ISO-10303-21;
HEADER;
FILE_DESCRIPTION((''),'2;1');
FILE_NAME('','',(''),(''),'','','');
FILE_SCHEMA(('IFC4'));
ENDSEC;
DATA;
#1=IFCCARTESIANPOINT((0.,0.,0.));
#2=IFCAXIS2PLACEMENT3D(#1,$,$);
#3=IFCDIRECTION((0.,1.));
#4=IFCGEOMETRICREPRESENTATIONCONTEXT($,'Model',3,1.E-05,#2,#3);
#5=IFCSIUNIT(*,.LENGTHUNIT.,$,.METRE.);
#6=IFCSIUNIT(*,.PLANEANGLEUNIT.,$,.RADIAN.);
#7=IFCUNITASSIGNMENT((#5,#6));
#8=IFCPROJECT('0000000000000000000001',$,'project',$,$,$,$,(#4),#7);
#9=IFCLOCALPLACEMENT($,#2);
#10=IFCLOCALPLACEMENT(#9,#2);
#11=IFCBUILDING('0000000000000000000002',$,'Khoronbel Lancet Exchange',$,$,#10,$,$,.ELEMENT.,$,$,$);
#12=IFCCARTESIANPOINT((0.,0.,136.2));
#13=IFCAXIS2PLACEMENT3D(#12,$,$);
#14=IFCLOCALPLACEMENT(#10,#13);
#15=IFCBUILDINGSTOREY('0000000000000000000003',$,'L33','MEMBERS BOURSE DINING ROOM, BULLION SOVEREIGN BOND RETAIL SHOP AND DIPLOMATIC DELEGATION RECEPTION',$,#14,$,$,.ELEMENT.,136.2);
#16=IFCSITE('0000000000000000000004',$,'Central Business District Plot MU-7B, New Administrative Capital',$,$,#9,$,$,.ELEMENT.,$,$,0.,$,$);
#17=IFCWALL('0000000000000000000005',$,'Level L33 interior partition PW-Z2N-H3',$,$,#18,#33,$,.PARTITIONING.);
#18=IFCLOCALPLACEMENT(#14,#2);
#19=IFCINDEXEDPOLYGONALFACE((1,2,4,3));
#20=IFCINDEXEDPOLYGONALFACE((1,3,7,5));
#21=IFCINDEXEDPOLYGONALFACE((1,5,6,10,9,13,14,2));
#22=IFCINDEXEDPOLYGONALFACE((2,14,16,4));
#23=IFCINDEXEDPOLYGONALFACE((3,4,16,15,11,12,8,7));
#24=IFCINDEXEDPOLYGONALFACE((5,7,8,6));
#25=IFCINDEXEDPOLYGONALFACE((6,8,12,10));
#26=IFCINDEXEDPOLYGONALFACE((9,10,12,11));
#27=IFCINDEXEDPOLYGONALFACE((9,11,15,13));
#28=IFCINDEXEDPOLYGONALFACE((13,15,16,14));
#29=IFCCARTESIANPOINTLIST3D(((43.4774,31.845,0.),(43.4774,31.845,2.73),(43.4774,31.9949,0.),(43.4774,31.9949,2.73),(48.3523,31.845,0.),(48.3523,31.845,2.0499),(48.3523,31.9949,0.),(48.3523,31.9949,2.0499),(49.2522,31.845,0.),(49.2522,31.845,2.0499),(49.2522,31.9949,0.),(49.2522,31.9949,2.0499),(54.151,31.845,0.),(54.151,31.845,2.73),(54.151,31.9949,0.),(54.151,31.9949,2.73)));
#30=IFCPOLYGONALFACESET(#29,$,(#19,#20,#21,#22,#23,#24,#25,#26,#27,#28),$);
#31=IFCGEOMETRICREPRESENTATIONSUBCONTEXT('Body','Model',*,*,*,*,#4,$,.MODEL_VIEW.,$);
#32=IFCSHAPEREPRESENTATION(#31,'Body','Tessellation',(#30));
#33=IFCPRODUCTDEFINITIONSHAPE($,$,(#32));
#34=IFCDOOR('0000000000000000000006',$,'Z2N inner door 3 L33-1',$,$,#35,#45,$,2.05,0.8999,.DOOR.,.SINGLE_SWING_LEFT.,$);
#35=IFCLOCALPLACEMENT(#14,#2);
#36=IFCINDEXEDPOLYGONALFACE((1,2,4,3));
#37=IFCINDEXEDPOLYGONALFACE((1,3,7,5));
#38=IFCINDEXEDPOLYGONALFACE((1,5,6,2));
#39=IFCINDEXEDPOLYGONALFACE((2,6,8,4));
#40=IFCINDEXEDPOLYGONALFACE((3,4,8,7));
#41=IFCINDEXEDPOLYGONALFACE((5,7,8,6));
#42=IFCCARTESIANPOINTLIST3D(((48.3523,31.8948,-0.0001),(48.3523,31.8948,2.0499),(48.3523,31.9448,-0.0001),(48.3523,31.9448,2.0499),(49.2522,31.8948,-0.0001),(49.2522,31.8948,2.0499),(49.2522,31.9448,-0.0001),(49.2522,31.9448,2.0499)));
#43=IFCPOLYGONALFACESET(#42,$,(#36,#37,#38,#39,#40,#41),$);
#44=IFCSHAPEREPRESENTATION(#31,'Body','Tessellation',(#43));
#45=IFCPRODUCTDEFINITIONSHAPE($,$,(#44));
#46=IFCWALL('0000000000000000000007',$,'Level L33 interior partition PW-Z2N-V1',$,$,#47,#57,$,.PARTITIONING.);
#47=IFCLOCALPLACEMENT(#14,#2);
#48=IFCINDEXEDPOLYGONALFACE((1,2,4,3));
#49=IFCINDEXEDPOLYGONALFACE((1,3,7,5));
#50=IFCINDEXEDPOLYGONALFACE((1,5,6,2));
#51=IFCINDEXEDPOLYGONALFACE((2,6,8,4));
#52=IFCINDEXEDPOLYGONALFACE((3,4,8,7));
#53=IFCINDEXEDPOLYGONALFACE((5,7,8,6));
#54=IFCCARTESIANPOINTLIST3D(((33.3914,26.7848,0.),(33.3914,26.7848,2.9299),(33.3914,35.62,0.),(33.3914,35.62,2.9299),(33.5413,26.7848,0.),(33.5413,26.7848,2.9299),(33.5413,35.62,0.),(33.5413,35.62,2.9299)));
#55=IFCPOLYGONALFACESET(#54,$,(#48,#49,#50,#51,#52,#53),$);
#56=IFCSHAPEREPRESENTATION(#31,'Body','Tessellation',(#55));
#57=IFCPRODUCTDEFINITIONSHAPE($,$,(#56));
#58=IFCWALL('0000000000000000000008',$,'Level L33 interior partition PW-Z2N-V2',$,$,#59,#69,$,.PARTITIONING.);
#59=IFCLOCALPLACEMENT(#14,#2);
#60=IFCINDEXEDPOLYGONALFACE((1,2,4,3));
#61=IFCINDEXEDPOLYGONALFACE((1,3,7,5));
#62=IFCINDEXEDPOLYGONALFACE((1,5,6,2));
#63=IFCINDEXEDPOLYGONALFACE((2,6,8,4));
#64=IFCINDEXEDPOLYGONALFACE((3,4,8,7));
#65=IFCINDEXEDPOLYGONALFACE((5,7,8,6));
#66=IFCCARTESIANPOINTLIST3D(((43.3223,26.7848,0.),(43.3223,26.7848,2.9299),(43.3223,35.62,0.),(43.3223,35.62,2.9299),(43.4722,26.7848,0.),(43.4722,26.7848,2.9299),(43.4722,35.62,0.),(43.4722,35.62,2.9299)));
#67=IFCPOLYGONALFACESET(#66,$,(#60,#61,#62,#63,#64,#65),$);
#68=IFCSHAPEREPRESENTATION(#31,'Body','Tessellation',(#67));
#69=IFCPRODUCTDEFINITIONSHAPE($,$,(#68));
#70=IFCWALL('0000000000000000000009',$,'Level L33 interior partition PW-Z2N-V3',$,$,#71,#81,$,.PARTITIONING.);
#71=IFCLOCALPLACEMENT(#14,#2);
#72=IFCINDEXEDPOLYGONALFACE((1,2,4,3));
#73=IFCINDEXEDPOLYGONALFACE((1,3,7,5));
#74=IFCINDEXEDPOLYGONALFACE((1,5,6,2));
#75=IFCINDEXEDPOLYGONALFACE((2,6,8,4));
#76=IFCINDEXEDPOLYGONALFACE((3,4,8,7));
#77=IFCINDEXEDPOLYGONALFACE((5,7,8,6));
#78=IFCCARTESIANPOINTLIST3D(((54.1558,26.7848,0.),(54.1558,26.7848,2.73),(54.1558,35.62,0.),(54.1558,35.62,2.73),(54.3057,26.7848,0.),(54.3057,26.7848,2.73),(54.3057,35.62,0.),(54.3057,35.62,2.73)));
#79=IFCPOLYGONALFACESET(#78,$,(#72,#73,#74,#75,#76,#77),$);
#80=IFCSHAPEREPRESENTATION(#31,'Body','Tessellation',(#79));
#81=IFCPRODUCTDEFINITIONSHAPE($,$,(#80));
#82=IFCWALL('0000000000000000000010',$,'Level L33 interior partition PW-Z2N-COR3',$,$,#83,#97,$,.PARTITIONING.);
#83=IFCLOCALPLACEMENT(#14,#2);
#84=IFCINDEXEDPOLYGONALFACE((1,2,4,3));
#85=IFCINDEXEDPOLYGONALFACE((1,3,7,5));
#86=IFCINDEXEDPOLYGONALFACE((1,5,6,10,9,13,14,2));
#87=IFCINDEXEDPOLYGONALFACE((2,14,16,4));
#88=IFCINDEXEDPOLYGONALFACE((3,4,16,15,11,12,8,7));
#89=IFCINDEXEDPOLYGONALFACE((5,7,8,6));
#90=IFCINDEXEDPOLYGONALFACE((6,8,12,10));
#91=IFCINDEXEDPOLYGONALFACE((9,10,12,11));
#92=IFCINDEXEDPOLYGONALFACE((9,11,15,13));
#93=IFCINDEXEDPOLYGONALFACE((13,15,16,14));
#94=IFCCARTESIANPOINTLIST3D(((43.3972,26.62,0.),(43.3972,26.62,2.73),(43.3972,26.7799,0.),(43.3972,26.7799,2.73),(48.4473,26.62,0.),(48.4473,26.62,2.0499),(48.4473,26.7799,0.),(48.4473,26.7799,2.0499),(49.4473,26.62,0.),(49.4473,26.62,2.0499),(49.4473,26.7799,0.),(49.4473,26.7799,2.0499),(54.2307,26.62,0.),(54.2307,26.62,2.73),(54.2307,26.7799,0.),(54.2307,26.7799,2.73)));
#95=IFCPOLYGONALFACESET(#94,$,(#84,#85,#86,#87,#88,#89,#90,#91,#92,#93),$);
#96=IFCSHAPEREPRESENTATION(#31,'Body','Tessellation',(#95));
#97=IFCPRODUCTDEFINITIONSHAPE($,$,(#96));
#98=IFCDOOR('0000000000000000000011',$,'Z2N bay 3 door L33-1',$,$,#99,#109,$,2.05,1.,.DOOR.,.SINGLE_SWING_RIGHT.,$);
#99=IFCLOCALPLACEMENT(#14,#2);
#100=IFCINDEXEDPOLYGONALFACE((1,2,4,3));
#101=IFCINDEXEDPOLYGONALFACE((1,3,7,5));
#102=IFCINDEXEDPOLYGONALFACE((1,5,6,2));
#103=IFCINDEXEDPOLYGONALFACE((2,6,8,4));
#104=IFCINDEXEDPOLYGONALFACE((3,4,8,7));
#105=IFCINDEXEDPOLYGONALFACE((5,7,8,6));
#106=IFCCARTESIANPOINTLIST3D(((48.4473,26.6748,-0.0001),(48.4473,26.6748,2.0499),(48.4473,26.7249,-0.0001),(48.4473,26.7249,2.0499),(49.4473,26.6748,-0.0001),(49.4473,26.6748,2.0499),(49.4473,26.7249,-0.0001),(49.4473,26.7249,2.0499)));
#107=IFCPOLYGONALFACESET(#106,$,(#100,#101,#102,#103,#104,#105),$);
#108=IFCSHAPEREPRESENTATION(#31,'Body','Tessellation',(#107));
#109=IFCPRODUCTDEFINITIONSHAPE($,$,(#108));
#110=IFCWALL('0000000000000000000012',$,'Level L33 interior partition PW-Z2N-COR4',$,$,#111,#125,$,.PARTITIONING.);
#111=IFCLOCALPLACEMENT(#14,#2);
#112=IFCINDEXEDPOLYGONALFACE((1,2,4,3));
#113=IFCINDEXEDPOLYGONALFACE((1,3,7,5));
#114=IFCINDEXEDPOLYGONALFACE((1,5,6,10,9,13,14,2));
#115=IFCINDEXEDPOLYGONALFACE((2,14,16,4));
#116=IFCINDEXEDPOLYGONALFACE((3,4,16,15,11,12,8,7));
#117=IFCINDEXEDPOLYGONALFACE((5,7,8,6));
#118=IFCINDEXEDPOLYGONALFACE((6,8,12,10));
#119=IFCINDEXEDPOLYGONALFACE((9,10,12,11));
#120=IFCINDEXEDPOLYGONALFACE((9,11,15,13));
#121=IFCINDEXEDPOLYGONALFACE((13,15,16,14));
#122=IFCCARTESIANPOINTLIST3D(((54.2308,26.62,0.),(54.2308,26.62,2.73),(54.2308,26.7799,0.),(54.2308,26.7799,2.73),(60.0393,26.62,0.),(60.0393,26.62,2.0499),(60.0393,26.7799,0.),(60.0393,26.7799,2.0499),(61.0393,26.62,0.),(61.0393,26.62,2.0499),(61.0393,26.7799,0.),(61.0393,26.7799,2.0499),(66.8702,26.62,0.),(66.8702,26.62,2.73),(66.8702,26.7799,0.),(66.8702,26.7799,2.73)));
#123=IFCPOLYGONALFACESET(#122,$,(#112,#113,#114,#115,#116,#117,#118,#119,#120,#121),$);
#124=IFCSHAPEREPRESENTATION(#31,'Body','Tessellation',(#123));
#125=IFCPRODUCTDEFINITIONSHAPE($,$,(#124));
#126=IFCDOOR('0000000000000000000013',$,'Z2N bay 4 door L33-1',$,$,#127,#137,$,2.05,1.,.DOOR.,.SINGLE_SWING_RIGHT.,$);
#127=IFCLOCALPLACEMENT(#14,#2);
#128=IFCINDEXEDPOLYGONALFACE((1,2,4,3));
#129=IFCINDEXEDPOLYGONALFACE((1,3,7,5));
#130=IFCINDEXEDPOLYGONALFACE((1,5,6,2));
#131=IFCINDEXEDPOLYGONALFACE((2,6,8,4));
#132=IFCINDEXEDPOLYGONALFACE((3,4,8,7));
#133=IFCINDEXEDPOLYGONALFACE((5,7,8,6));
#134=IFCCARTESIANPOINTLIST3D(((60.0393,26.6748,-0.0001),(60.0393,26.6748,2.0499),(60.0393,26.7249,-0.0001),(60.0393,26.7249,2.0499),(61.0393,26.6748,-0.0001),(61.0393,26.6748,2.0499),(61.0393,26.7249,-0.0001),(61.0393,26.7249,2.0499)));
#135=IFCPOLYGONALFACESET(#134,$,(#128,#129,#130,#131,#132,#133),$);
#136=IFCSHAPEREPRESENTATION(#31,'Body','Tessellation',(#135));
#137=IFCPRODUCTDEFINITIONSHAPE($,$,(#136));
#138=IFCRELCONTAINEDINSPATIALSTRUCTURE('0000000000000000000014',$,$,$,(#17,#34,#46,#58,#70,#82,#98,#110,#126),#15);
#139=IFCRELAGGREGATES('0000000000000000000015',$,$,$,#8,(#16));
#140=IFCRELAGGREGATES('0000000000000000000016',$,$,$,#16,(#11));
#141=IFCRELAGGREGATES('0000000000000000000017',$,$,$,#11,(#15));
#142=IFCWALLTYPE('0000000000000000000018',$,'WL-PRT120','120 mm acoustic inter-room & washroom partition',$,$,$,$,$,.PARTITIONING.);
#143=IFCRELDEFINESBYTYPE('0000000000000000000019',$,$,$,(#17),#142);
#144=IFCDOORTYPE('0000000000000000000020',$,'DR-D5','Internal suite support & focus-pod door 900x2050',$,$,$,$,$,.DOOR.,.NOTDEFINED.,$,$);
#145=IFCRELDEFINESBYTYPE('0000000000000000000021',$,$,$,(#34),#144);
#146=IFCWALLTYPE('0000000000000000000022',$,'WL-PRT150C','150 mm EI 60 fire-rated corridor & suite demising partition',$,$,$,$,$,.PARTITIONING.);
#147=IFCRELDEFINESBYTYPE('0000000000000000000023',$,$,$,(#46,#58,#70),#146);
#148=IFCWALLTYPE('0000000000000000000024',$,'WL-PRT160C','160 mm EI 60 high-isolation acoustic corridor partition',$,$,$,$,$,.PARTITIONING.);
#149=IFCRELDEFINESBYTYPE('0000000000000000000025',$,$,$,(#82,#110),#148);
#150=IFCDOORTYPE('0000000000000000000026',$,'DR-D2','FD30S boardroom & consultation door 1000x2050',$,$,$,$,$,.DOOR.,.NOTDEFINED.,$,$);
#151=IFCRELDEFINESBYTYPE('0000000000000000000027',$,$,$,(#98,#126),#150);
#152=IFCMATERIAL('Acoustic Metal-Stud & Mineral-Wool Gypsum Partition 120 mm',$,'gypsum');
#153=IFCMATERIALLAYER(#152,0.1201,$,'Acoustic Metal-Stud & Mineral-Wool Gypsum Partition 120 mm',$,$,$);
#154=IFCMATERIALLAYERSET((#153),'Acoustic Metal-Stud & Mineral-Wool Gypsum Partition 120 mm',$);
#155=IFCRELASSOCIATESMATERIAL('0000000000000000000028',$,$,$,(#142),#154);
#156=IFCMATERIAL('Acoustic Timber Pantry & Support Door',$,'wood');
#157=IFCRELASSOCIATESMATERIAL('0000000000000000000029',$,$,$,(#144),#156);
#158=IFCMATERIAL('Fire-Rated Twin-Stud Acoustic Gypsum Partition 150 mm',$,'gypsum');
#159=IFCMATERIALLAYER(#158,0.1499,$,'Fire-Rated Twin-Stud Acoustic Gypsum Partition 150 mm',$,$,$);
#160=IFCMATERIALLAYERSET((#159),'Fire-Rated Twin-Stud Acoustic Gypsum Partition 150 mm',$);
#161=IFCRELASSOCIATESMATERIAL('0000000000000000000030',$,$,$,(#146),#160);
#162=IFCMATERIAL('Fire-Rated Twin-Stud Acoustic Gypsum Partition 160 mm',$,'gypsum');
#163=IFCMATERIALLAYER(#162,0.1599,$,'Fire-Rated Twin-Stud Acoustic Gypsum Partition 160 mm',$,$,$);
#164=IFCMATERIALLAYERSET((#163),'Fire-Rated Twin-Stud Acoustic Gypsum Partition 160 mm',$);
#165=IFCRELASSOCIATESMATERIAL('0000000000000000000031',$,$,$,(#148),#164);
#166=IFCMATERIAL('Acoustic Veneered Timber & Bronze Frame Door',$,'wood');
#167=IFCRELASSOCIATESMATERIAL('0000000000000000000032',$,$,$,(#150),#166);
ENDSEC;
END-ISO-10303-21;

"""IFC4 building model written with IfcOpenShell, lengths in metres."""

from ifc_helpers import new_model, si_unit, direction, frame, frame_2d, origin, place, context, subcontext, project, spatial, rectangle, extrude, material, layer, layer_set, type_object, element, fill, save


model = new_model("IFC4")

# Units and contexts
model_context = context("Model", 3, precision=1e-05, world=origin(), true_north=direction((0.0, 1.0)))
body_context = subcontext(model_context, "Body", "Model", "MODEL_VIEW")
ifc_project = project(units=[si_unit("LENGTHUNIT", "METRE"), si_unit("PLANEANGLEUNIT", "RADIAN")], contexts=[model_context])

# Site, building, storey
site_placement = place(None, origin())
site = spatial("IfcSite", under=ifc_project, at=site_placement, Name="Central Business District Plot MU-7B, New Administrative Capital", CompositionType="ELEMENT", RefElevation=0.0)
building_placement = place(site_placement, origin())
building = spatial("IfcBuilding", under=site, at=building_placement, Name="Khoronbel Lancet Exchange", CompositionType="ELEMENT")
storey_placement = place(building_placement, frame((0.0, 0.0, 136.2)))
storey = spatial("IfcBuildingStorey", under=building, at=storey_placement, Name="L33", Description="MEMBERS BOURSE DINING ROOM, BULLION SOVEREIGN BOND RETAIL SHOP AND DIPLOMATIC DELEGATION RECEPTION", CompositionType="ELEMENT", Elevation=136.2)

# Wall, opening, door
ifc_material_1 = material(Name="Acoustic Metal-Stud & Mineral-Wool Gypsum Partition 120 mm", Category="gypsum")
ifc_layer_1 = layer(ifc_material_1, 0.1201, Name="Acoustic Metal-Stud & Mineral-Wool Gypsum Partition 120 mm")
ifc_layer_set_1 = layer_set([ifc_layer_1], Name="Acoustic Metal-Stud & Mineral-Wool Gypsum Partition 120 mm")
wall_type_1 = type_object("IfcWallType", Name="WL-PRT120", Description="120 mm acoustic inter-room & washroom partition", PredefinedType="PARTITIONING", material=ifc_layer_set_1)
ifc_material_2 = material(Name="Acoustic Timber Pantry & Support Door", Category="wood")
door_type_1 = type_object("IfcDoorType", Name="DR-D5", Description="Internal suite support & focus-pod door 900x2050", OperationType="NOTDEFINED", PredefinedType="DOOR", material=ifc_material_2)
wall_1_placement = place(storey_placement, frame((43.4773, 31.9199, 0.0), z_axis=(0.0, 0.0, 1.0), x_axis=(1.0, 0.0, 0.0)))
wall_1 = element("IfcWall", 1, at=wall_1_placement, inside=storey, type_object=wall_type_1, Name="Level L33 interior partition PW-Z2N-H3", PredefinedType="PARTITIONING", context=body_context, shape_type="SweptSolid", body=[
    extrude(rectangle(XDim=10.6736, YDim=0.1499, at=frame_2d((5.3369, 0.0))), origin(), (0.0, 0.0, 1.0), 2.73),
])
opening_1_placement = place(wall_1_placement, frame((4.875, 0.0, 0.0)))
opening_1 = element("IfcOpeningElement", 2, at=opening_1_placement, cuts=wall_1, PredefinedType="OPENING", context=body_context, shape_type="SweptSolid", body=[
    extrude(rectangle(XDim=0.8999, YDim=2.05, at=frame_2d((0.45, 1.0249))), frame((0.0, 0.085, 0.0), z_axis=(0.0, -1.0, 0.0), x_axis=(1.0, 0.0, 0.0)), (0.0, 0.0, 1.0), 0.1699),
])
door_1_placement = place(opening_1_placement, origin())
door_1 = element("IfcDoor", 3, at=door_1_placement, inside=storey, type_object=door_type_1, Name="Z2N inner door 3 L33-1", OperationType="SINGLE_SWING_LEFT", OverallHeight=2.05, OverallWidth=0.8999, PredefinedType="DOOR", context=body_context, shape_type="SweptSolid", body=[
    extrude(rectangle(XDim=0.8999, YDim=2.05, at=frame_2d((0.45, 1.0249))), frame((0.0, 0.0249, 0.0), z_axis=(0.0, -1.0, 0.0), x_axis=(1.0, 0.0, 0.0)), (0.0, 0.0, 1.0), 0.05),
])
fill(opening_1, door_1)

# Walls
ifc_material_3 = material(Name="Fire-Rated Twin-Stud Acoustic Gypsum Partition 150 mm", Category="gypsum")
ifc_layer_2 = layer(ifc_material_3, 0.1499, Name="Fire-Rated Twin-Stud Acoustic Gypsum Partition 150 mm")
ifc_layer_set_2 = layer_set([ifc_layer_2], Name="Fire-Rated Twin-Stud Acoustic Gypsum Partition 150 mm")
wall_type_2 = type_object("IfcWallType", Name="WL-PRT150C", Description="150 mm EI 60 fire-rated corridor & suite demising partition", PredefinedType="PARTITIONING", material=ifc_layer_set_2)
for number, where, z_axis, x_axis, name in (
    (4, (33.4663, 26.7849, 0.0), (0.0, 0.0, 1.0), (0.0, 1.0, 0.0), "Level L33 interior partition PW-Z2N-V1"),
    (5, (43.3972, 26.7849, 0.0), (0.0, 0.0, 1.0), (0.0, 1.0, 0.0), "Level L33 interior partition PW-Z2N-V2"),
):
    element("IfcWall", number, at=place(storey_placement, frame(where, z_axis=z_axis, x_axis=x_axis)), inside=storey, type_object=wall_type_2, Name=name, PredefinedType="PARTITIONING", context=body_context, shape_type="SweptSolid", body=[
        extrude(rectangle(XDim=8.8352, YDim=0.1499, at=frame_2d((4.4175, 0.0))), origin(), (0.0, 0.0, 1.0), 2.9299),
    ])
wall_2_placement = place(storey_placement, frame((54.2307, 26.7849, 0.0), z_axis=(0.0, 0.0, 1.0), x_axis=(0.0, 1.0, 0.0)))
element("IfcWall", 6, at=wall_2_placement, inside=storey, type_object=wall_type_2, Name="Level L33 interior partition PW-Z2N-V3", PredefinedType="PARTITIONING", context=body_context, shape_type="SweptSolid", body=[
    extrude(rectangle(XDim=8.8352, YDim=0.1499, at=frame_2d((4.4175, 0.0))), origin(), (0.0, 0.0, 1.0), 2.73),
])

# Walls, openings, doors
ifc_material_4 = material(Name="Fire-Rated Twin-Stud Acoustic Gypsum Partition 160 mm", Category="gypsum")
ifc_layer_3 = layer(ifc_material_4, 0.1599, Name="Fire-Rated Twin-Stud Acoustic Gypsum Partition 160 mm")
ifc_layer_set_3 = layer_set([ifc_layer_3], Name="Fire-Rated Twin-Stud Acoustic Gypsum Partition 160 mm")
wall_type_3 = type_object("IfcWallType", Name="WL-PRT160C", Description="160 mm EI 60 high-isolation acoustic corridor partition", PredefinedType="PARTITIONING", material=ifc_layer_set_3)
wall_3_placement = place(storey_placement, frame((43.3972, 26.7, 0.0), z_axis=(0.0, 0.0, 1.0), x_axis=(1.0, 0.0, 0.0)))
wall_3 = element("IfcWall", 7, at=wall_3_placement, inside=storey, type_object=wall_type_3, Name="Level L33 interior partition PW-Z2N-COR3", PredefinedType="PARTITIONING", context=body_context, shape_type="SweptSolid", body=[
    extrude(rectangle(XDim=10.8335, YDim=0.1599, at=frame_2d((5.4167, 0.0))), origin(), (0.0, 0.0, 1.0), 2.73),
])
opening_2_placement = place(wall_3_placement, frame((5.05, 0.0, 0.0)))
opening_2 = element("IfcOpeningElement", 8, at=opening_2_placement, cuts=wall_3, PredefinedType="OPENING", context=body_context, shape_type="SweptSolid", body=[
    extrude(rectangle(XDim=1.0, YDim=2.05, at=frame_2d((0.5, 1.0249))), frame((0.0, 0.0898, 0.0), z_axis=(0.0, -1.0, 0.0), x_axis=(1.0, 0.0, 0.0)), (0.0, 0.0, 1.0), 0.1799),
])
ifc_material_5 = material(Name="Acoustic Veneered Timber & Bronze Frame Door", Category="wood")
door_type_2 = type_object("IfcDoorType", Name="DR-D2", Description="FD30S boardroom & consultation door 1000x2050", OperationType="NOTDEFINED", PredefinedType="DOOR", material=ifc_material_5)
door_2_placement = place(opening_2_placement, origin())
door_2 = element("IfcDoor", 9, at=door_2_placement, inside=storey, type_object=door_type_2, Name="Z2N bay 3 door L33-1", OperationType="SINGLE_SWING_RIGHT", OverallHeight=2.05, OverallWidth=1.0, PredefinedType="DOOR", context=body_context, shape_type="SweptSolid", body=[
    extrude(rectangle(XDim=1.0, YDim=2.05, at=frame_2d((0.5, 1.0249))), frame((0.0, 0.0249, 0.0), z_axis=(0.0, -1.0, 0.0), x_axis=(1.0, 0.0, 0.0)), (0.0, 0.0, 1.0), 0.05),
])
fill(opening_2, door_2)
wall_4_placement = place(storey_placement, frame((54.2307, 26.7, 0.0), z_axis=(0.0, 0.0, 1.0), x_axis=(1.0, 0.0, 0.0)))
wall_4 = element("IfcWall", 10, at=wall_4_placement, inside=storey, type_object=wall_type_3, Name="Level L33 interior partition PW-Z2N-COR4", PredefinedType="PARTITIONING", context=body_context, shape_type="SweptSolid", body=[
    extrude(rectangle(XDim=12.6394, YDim=0.1599, at=frame_2d((6.3198, 0.0))), origin(), (0.0, 0.0, 1.0), 2.73),
])
opening_3_placement = place(wall_4_placement, frame((5.8086, 0.0, 0.0)))
opening_3 = element("IfcOpeningElement", 11, at=opening_3_placement, cuts=wall_4, PredefinedType="OPENING", context=body_context, shape_type="SweptSolid", body=[
    extrude(rectangle(XDim=1.0, YDim=2.05, at=frame_2d((0.5, 1.0249))), frame((0.0, 0.0898, 0.0), z_axis=(0.0, -1.0, 0.0), x_axis=(1.0, 0.0, 0.0)), (0.0, 0.0, 1.0), 0.1799),
])
door_3_placement = place(opening_3_placement, origin())
door_3 = element("IfcDoor", 12, at=door_3_placement, inside=storey, type_object=door_type_2, Name="Z2N bay 4 door L33-1", OperationType="SINGLE_SWING_RIGHT", OverallHeight=2.05, OverallWidth=1.0, PredefinedType="DOOR", context=body_context, shape_type="SweptSolid", body=[
    extrude(rectangle(XDim=1.0, YDim=2.05, at=frame_2d((0.5, 1.0249))), frame((0.0, 0.0249, 0.0), z_axis=(0.0, -1.0, 0.0), x_axis=(1.0, 0.0, 0.0)), (0.0, 0.0, 1.0), 0.05),
])
fill(opening_3, door_3)

save(model, "model.ifc")
